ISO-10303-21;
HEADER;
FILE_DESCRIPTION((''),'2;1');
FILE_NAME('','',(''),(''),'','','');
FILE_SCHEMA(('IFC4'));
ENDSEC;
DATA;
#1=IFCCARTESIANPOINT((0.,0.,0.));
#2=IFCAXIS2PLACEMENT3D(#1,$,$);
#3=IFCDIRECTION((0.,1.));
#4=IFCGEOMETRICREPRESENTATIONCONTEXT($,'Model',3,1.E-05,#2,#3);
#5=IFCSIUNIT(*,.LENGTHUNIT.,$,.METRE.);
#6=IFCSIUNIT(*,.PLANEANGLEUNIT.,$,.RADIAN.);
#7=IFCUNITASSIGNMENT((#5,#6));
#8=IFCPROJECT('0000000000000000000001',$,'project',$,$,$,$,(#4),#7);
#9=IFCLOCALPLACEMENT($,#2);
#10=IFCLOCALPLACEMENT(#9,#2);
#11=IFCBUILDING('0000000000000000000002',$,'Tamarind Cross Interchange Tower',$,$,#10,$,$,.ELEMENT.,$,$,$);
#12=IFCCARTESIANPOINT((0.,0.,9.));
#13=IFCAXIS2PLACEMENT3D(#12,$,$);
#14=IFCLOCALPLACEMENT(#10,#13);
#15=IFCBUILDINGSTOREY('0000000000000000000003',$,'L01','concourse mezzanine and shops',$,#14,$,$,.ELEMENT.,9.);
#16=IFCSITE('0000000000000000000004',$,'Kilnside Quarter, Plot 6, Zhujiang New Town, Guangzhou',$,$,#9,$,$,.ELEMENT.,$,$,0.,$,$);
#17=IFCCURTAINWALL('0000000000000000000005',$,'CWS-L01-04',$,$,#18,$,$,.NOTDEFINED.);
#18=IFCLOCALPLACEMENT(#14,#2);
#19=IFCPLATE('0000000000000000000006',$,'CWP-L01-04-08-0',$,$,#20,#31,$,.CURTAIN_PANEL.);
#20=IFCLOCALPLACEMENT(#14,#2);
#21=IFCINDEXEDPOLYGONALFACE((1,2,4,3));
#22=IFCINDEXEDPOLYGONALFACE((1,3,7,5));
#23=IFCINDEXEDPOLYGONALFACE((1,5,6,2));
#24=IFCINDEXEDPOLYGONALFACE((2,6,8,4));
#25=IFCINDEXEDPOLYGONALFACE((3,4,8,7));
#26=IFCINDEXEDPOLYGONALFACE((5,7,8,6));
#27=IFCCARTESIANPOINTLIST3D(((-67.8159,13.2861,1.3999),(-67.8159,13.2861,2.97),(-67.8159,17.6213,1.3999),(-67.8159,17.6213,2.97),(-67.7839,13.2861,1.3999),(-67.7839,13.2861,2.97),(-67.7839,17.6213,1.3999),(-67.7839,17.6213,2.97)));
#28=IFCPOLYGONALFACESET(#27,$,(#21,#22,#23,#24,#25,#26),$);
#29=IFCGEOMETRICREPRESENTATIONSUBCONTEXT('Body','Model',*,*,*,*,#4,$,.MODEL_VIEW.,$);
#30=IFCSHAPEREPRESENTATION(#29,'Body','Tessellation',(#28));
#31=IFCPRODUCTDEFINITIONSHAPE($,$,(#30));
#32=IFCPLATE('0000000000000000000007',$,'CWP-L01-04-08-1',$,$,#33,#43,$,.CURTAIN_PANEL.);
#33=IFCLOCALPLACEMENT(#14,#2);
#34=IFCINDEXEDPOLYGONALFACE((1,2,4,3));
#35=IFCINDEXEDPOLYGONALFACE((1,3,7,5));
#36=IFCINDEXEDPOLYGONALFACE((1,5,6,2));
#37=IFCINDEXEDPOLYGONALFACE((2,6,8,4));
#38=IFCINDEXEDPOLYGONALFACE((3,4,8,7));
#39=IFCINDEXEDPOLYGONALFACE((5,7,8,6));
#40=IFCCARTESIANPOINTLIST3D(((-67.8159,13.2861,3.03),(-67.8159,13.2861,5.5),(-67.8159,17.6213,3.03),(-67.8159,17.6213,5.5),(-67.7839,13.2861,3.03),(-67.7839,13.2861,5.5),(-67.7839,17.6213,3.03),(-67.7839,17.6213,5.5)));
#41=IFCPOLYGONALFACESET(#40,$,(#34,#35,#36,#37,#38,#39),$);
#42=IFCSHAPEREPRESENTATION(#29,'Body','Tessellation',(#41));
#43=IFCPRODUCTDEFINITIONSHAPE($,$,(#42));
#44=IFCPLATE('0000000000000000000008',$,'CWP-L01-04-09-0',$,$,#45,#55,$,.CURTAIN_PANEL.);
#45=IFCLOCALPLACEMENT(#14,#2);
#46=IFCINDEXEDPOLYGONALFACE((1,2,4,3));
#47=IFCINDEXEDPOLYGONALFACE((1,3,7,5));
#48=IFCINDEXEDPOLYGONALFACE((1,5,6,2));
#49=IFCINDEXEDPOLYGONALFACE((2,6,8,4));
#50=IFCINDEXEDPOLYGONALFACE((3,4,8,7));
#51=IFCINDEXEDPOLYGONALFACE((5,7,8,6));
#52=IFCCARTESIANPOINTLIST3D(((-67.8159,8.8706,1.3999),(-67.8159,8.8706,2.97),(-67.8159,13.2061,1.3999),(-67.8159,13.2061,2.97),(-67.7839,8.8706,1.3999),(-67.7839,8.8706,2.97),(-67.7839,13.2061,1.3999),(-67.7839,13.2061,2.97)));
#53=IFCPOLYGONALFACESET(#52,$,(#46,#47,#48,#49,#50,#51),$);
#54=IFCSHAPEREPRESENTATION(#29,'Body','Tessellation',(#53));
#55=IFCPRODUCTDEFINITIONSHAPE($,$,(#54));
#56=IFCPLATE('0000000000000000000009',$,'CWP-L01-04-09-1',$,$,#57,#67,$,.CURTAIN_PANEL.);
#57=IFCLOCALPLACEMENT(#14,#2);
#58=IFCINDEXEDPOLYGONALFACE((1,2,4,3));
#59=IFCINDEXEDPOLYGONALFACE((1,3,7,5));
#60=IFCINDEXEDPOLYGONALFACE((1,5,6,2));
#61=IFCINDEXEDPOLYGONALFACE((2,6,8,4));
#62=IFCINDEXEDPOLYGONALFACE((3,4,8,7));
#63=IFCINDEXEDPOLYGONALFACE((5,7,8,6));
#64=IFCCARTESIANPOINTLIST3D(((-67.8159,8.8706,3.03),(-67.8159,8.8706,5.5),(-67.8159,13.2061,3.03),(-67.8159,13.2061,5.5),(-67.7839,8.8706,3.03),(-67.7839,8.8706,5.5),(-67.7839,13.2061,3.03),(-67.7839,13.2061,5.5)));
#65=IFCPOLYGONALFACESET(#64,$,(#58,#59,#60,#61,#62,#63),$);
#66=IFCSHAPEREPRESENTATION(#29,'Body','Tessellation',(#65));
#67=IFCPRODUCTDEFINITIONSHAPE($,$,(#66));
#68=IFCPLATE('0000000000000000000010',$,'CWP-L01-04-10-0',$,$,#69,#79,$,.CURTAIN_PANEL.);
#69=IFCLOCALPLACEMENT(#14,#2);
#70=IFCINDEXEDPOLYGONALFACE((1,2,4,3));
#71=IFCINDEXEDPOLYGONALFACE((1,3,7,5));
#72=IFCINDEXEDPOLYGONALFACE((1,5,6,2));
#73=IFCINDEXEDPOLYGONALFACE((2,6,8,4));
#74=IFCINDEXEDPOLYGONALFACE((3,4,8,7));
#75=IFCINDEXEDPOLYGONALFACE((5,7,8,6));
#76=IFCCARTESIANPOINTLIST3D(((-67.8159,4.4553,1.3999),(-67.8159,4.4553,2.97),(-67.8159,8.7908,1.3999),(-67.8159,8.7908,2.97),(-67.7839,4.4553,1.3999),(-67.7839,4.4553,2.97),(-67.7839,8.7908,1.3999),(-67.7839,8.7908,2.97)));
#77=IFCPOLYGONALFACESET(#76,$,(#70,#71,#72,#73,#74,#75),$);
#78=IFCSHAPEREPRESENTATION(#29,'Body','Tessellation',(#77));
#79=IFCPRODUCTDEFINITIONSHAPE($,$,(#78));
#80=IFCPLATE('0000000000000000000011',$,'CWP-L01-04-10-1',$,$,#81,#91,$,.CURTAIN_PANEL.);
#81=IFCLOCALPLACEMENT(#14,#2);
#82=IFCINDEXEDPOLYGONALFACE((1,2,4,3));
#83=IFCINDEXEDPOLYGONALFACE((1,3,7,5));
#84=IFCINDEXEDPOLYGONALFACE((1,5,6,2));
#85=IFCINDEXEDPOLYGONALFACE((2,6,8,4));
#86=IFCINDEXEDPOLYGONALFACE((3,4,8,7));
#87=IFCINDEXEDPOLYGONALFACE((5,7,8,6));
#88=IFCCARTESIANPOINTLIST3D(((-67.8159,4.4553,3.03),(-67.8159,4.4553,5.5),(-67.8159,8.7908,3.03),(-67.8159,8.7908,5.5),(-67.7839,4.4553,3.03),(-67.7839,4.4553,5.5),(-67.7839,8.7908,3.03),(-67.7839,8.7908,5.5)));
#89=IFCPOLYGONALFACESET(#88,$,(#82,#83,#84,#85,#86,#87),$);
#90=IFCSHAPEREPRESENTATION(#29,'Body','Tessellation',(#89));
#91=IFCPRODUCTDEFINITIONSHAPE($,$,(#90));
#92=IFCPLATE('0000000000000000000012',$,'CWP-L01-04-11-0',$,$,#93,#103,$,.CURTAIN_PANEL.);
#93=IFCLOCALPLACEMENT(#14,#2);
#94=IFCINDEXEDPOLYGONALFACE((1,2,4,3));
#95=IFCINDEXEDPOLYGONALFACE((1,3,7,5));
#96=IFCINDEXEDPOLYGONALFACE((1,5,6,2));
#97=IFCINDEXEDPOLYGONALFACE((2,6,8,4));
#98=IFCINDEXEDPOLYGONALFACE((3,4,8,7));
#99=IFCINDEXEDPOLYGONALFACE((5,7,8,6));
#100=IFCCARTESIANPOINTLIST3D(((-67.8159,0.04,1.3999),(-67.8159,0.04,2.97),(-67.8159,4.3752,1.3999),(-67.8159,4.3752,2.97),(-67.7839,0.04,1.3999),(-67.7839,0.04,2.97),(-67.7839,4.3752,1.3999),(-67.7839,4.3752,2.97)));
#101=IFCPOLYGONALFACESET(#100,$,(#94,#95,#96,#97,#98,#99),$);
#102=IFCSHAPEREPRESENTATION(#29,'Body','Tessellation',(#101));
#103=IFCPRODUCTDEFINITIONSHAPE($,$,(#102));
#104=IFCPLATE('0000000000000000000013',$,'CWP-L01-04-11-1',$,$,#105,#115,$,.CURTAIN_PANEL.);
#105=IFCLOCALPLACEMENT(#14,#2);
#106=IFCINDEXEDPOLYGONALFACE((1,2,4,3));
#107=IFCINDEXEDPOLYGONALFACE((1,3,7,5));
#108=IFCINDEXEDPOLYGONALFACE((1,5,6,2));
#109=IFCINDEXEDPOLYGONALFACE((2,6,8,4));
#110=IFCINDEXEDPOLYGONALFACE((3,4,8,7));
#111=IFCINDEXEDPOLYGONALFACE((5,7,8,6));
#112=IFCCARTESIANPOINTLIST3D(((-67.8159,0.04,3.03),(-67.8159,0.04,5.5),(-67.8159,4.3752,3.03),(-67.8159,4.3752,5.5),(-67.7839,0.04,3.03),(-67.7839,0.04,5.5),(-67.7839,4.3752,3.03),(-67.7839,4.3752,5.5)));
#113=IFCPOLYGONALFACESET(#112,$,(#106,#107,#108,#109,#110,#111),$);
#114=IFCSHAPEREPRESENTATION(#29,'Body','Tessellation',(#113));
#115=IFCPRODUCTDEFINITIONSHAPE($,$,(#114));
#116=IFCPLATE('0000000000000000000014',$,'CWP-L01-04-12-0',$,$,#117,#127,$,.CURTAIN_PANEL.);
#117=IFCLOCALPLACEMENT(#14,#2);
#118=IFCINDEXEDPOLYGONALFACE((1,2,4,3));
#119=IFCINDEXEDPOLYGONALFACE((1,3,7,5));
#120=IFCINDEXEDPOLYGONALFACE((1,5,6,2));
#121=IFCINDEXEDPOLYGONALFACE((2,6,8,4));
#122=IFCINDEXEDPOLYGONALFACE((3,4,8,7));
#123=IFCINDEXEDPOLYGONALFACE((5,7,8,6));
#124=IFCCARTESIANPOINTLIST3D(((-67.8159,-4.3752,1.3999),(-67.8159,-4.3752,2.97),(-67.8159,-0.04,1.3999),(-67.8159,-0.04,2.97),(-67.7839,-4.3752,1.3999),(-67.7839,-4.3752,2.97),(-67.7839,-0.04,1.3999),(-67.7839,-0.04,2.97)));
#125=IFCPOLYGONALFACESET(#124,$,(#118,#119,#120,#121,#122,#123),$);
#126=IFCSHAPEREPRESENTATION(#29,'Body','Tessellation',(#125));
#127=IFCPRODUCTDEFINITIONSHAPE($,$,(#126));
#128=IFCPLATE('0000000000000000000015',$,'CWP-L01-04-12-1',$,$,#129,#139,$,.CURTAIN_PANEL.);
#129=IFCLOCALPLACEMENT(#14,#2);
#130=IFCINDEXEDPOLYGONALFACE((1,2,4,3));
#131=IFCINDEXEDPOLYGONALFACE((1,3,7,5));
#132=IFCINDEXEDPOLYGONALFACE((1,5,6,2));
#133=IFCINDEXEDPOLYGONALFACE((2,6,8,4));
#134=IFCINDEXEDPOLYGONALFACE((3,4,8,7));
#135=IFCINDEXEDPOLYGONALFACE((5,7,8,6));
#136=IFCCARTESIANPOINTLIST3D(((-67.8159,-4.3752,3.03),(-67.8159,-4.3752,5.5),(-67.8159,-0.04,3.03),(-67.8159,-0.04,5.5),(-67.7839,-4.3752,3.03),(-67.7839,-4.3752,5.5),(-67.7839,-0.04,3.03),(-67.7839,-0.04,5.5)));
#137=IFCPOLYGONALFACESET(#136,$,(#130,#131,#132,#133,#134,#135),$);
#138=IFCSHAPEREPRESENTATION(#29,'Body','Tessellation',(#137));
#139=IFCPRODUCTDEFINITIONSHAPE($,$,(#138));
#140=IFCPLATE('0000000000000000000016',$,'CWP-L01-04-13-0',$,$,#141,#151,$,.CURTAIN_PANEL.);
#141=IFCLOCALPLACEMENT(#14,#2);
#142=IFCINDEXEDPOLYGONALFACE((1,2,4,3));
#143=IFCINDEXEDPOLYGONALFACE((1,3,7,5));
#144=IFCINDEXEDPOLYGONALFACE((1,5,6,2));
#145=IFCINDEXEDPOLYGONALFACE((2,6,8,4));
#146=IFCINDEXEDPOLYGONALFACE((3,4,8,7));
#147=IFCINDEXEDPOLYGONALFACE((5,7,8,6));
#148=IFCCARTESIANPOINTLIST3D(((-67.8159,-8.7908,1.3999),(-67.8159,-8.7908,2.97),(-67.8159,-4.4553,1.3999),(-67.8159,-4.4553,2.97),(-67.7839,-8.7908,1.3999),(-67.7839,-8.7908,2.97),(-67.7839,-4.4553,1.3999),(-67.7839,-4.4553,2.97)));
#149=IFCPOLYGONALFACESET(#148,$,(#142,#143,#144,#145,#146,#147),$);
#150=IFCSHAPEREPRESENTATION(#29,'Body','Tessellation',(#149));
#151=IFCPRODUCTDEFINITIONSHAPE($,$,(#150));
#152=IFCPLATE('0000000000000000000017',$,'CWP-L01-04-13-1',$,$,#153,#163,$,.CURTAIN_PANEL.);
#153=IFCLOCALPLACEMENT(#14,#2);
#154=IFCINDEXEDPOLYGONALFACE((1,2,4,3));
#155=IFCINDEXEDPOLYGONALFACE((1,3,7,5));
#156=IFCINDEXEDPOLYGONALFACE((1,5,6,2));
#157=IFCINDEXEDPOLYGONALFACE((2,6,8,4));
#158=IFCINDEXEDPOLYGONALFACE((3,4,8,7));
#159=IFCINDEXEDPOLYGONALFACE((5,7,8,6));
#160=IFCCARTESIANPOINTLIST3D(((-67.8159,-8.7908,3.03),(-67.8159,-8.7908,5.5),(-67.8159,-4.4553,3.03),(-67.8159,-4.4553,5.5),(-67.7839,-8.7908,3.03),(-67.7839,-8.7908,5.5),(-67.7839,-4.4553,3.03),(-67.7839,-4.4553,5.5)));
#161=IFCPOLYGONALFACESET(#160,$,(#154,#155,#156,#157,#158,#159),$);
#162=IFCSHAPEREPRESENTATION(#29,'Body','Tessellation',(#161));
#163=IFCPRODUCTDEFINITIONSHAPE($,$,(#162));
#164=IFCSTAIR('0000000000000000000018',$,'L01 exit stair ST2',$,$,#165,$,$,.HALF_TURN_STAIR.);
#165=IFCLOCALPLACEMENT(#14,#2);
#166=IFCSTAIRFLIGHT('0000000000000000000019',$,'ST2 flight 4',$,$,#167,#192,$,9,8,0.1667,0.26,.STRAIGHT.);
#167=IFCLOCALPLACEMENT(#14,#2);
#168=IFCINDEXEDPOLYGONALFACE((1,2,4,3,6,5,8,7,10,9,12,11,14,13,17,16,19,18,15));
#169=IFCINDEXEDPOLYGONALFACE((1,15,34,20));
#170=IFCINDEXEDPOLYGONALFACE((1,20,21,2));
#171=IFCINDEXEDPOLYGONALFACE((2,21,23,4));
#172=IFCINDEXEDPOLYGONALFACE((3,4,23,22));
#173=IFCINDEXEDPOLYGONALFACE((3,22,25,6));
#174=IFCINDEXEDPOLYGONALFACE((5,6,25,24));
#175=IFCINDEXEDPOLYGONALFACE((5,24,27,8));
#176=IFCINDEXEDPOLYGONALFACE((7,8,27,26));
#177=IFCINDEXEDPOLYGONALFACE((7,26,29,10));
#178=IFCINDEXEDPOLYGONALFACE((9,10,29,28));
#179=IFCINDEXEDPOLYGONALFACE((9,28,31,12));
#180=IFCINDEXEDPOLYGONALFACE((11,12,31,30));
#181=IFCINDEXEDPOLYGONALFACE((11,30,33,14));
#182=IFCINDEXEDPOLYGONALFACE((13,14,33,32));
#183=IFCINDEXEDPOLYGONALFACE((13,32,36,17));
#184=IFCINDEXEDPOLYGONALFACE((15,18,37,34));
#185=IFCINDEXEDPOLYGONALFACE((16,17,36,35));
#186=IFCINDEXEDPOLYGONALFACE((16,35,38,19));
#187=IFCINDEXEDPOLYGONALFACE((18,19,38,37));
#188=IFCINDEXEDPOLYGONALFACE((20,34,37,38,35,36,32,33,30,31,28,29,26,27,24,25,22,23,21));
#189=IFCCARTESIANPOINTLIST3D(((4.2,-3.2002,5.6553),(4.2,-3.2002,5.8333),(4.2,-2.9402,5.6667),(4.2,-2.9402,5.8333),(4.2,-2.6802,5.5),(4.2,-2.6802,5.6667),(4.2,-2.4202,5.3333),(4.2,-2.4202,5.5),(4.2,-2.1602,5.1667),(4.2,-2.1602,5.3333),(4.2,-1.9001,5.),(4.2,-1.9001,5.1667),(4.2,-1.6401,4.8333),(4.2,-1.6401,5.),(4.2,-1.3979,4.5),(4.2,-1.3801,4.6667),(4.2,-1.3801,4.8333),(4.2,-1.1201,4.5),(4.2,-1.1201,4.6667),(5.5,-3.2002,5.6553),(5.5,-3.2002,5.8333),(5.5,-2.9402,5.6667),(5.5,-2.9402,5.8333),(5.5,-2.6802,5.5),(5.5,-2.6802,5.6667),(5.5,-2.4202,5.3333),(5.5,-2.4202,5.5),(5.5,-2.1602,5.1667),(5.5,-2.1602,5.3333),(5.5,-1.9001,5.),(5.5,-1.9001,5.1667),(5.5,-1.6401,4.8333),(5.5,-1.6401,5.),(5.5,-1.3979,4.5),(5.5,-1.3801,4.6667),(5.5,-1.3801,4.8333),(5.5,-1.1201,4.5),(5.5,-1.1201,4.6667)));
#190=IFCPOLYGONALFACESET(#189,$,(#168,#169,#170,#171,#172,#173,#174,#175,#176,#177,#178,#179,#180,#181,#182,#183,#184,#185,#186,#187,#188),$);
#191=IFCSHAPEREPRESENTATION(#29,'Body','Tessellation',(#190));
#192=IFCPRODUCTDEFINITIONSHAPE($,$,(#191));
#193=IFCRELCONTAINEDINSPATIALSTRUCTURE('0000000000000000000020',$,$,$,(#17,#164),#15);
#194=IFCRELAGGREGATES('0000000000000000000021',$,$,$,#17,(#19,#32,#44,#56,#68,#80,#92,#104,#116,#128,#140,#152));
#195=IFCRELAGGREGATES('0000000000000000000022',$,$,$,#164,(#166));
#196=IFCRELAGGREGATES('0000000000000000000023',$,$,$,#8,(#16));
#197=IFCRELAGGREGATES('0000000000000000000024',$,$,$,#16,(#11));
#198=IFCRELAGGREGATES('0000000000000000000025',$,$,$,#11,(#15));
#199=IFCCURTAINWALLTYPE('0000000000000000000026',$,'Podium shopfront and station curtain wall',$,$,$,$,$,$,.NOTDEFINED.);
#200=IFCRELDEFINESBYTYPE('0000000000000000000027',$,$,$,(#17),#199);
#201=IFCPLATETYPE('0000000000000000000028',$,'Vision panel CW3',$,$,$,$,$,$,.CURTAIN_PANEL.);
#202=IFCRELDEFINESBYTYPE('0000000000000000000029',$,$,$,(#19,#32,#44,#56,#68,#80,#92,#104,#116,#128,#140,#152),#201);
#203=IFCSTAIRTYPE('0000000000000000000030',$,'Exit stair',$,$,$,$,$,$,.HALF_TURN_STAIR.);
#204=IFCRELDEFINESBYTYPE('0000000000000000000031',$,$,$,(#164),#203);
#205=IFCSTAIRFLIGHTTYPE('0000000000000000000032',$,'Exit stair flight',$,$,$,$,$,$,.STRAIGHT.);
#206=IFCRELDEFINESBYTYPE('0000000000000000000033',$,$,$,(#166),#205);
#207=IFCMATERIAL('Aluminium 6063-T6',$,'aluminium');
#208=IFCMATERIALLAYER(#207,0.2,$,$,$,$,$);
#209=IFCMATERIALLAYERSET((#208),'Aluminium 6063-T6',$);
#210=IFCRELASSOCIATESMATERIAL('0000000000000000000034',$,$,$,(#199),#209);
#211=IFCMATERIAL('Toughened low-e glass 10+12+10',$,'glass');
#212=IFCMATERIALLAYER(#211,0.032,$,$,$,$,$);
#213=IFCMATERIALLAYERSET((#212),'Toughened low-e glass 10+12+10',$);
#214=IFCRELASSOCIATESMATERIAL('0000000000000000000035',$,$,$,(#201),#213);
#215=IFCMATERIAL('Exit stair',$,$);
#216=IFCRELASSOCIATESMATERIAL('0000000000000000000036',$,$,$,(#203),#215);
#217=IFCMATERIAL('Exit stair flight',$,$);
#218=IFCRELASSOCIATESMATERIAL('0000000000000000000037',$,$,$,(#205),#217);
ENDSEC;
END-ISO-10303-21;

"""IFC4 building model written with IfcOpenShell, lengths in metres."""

from ifc_helpers import new_model, si_unit, direction, frame, origin, place, context, subcontext, project, spatial, polyline, outline, extrude, material, layer, layer_set, type_object, element, aggregate, save


model = new_model("IFC4")

# Units and contexts
model_context = context("Model", 3, precision=1e-05, world=origin(), true_north=direction((0.0, 1.0)))
body_context = subcontext(model_context, "Body", "Model", "MODEL_VIEW")
ifc_project = project(units=[si_unit("LENGTHUNIT", "METRE"), si_unit("PLANEANGLEUNIT", "RADIAN")], contexts=[model_context])

# Site, building, storey
site_placement = place(None, origin())
site = spatial("IfcSite", under=ifc_project, at=site_placement, Name="Kilnside Quarter, Plot 6, Zhujiang New Town, Guangzhou", CompositionType="ELEMENT", RefElevation=0.0)
building_placement = place(site_placement, origin())
building = spatial("IfcBuilding", under=site, at=building_placement, Name="Tamarind Cross Interchange Tower", CompositionType="ELEMENT")
storey_placement = place(building_placement, frame((0.0, 0.0, 9.0)))
storey = spatial("IfcBuildingStorey", under=building, at=storey_placement, Name="L01", Description="concourse mezzanine and shops", CompositionType="ELEMENT", Elevation=9.0)

# Curtain wall, plates
ifc_material_1 = material(Name="Aluminium 6063-T6", Category="aluminium")
ifc_layer_1 = layer(ifc_material_1, 0.2)
ifc_layer_set_1 = layer_set([ifc_layer_1], Name="Aluminium 6063-T6")
curtain_wall_type = type_object("IfcCurtainWallType", Name="Podium shopfront and station curtain wall", PredefinedType="NOTDEFINED", material=ifc_layer_set_1)
curtain_wall_placement = place(storey_placement, origin())
curtain_wall = element("IfcCurtainWall", 1, at=curtain_wall_placement, inside=storey, type_object=curtain_wall_type, Name="CWS-L01-04", PredefinedType="NOTDEFINED")
ifc_material_2 = material(Name="Toughened low-e glass 10+12+10", Category="glass")
ifc_layer_2 = layer(ifc_material_2, 0.032)
ifc_layer_set_2 = layer_set([ifc_layer_2], Name="Toughened low-e glass 10+12+10")
plate_type = type_object("IfcPlateType", Name="Vision panel CW3", PredefinedType="CURTAIN_PANEL", material=ifc_layer_set_2)
plate_1_placement = place(storey_placement, frame((0.0, 0.0, 1.3999)))
plate_1 = element("IfcPlate", 2, at=plate_1_placement, type_object=plate_type, Name="CWP-L01-04-08-0", PredefinedType="CURTAIN_PANEL", context=body_context, shape_type="SweptSolid", body=[
    extrude(outline(polyline([(-67.7839, 17.6213), (-67.7839, 13.2861), (-67.8159, 13.2861), (-67.8159, 17.6213), (-67.7839, 17.6213)])), origin(), (0.0, 0.0, 1.0), 1.5701),
])
plate_2_placement = place(storey_placement, frame((0.0, 0.0, 3.03)))
plate_2 = element("IfcPlate", 3, at=plate_2_placement, type_object=plate_type, Name="CWP-L01-04-08-1", PredefinedType="CURTAIN_PANEL", context=body_context, shape_type="SweptSolid", body=[
    extrude(outline(polyline([(-67.7839, 17.6213), (-67.7839, 13.2861), (-67.8159, 13.2861), (-67.8159, 17.6213), (-67.7839, 17.6213)])), origin(), (0.0, 0.0, 1.0), 2.47),
])
plate_3_placement = place(storey_placement, frame((0.0, 0.0, 1.3999)))
plate_3 = element("IfcPlate", 4, at=plate_3_placement, type_object=plate_type, Name="CWP-L01-04-09-0", PredefinedType="CURTAIN_PANEL", context=body_context, shape_type="SweptSolid", body=[
    extrude(outline(polyline([(-67.7839, 13.2061), (-67.7839, 8.8706), (-67.8159, 8.8706), (-67.8159, 13.2061), (-67.7839, 13.2061)])), origin(), (0.0, 0.0, 1.0), 1.5701),
])
plate_4_placement = place(storey_placement, frame((0.0, 0.0, 3.03)))
plate_4 = element("IfcPlate", 5, at=plate_4_placement, type_object=plate_type, Name="CWP-L01-04-09-1", PredefinedType="CURTAIN_PANEL", context=body_context, shape_type="SweptSolid", body=[
    extrude(outline(polyline([(-67.7839, 13.2061), (-67.7839, 8.8706), (-67.8159, 8.8706), (-67.8159, 13.2061), (-67.7839, 13.2061)])), origin(), (0.0, 0.0, 1.0), 2.47),
])
plate_5_placement = place(storey_placement, frame((0.0, 0.0, 1.3999)))
plate_5 = element("IfcPlate", 6, at=plate_5_placement, type_object=plate_type, Name="CWP-L01-04-10-0", PredefinedType="CURTAIN_PANEL", context=body_context, shape_type="SweptSolid", body=[
    extrude(outline(polyline([(-67.7839, 8.7908), (-67.7839, 4.4553), (-67.8159, 4.4553), (-67.8159, 8.7908), (-67.7839, 8.7908)])), origin(), (0.0, 0.0, 1.0), 1.5701),
])
plate_6_placement = place(storey_placement, frame((0.0, 0.0, 3.03)))
plate_6 = element("IfcPlate", 7, at=plate_6_placement, type_object=plate_type, Name="CWP-L01-04-10-1", PredefinedType="CURTAIN_PANEL", context=body_context, shape_type="SweptSolid", body=[
    extrude(outline(polyline([(-67.7839, 8.7908), (-67.7839, 4.4553), (-67.8159, 4.4553), (-67.8159, 8.7908), (-67.7839, 8.7908)])), origin(), (0.0, 0.0, 1.0), 2.47),
])
plate_7_placement = place(storey_placement, frame((0.0, 0.0, 1.3999)))
plate_7 = element("IfcPlate", 8, at=plate_7_placement, type_object=plate_type, Name="CWP-L01-04-11-0", PredefinedType="CURTAIN_PANEL", context=body_context, shape_type="SweptSolid", body=[
    extrude(outline(polyline([(-67.7839, 4.3752), (-67.7839, 0.04), (-67.8159, 0.04), (-67.8159, 4.3752), (-67.7839, 4.3752)])), origin(), (0.0, 0.0, 1.0), 1.5701),
])
plate_8_placement = place(storey_placement, frame((0.0, 0.0, 3.03)))
plate_8 = element("IfcPlate", 9, at=plate_8_placement, type_object=plate_type, Name="CWP-L01-04-11-1", PredefinedType="CURTAIN_PANEL", context=body_context, shape_type="SweptSolid", body=[
    extrude(outline(polyline([(-67.7839, 4.3752), (-67.7839, 0.04), (-67.8159, 0.04), (-67.8159, 4.3752), (-67.7839, 4.3752)])), origin(), (0.0, 0.0, 1.0), 2.47),
])
plate_9_placement = place(storey_placement, frame((0.0, 0.0, 1.3999)))
plate_9 = element("IfcPlate", 10, at=plate_9_placement, type_object=plate_type, Name="CWP-L01-04-12-0", PredefinedType="CURTAIN_PANEL", context=body_context, shape_type="SweptSolid", body=[
    extrude(outline(polyline([(-67.7839, -0.04), (-67.7839, -4.3752), (-67.8159, -4.3752), (-67.8159, -0.04), (-67.7839, -0.04)])), origin(), (0.0, 0.0, 1.0), 1.5701),
])
plate_10_placement = place(storey_placement, frame((0.0, 0.0, 3.03)))
plate_10 = element("IfcPlate", 11, at=plate_10_placement, type_object=plate_type, Name="CWP-L01-04-12-1", PredefinedType="CURTAIN_PANEL", context=body_context, shape_type="SweptSolid", body=[
    extrude(outline(polyline([(-67.7839, -0.04), (-67.7839, -4.3752), (-67.8159, -4.3752), (-67.8159, -0.04), (-67.7839, -0.04)])), origin(), (0.0, 0.0, 1.0), 2.47),
])
plate_11_placement = place(storey_placement, frame((0.0, 0.0, 1.3999)))
plate_11 = element("IfcPlate", 12, at=plate_11_placement, type_object=plate_type, Name="CWP-L01-04-13-0", PredefinedType="CURTAIN_PANEL", context=body_context, shape_type="SweptSolid", body=[
    extrude(outline(polyline([(-67.7839, -4.4553), (-67.7839, -8.7908), (-67.8159, -8.7908), (-67.8159, -4.4553), (-67.7839, -4.4553)])), origin(), (0.0, 0.0, 1.0), 1.5701),
])
plate_12_placement = place(storey_placement, frame((0.0, 0.0, 3.03)))
plate_12 = element("IfcPlate", 13, at=plate_12_placement, type_object=plate_type, Name="CWP-L01-04-13-1", PredefinedType="CURTAIN_PANEL", context=body_context, shape_type="SweptSolid", body=[
    extrude(outline(polyline([(-67.7839, -4.4553), (-67.7839, -8.7908), (-67.8159, -8.7908), (-67.8159, -4.4553), (-67.7839, -4.4553)])), origin(), (0.0, 0.0, 1.0), 2.47),
])
aggregate(curtain_wall, [plate_1, plate_2, plate_3, plate_4, plate_5, plate_6, plate_7, plate_8, plate_9, plate_10, plate_11, plate_12])

# Stair, stair flight
ifc_material_3 = material(Name="Exit stair")
stair_type = type_object("IfcStairType", Name="Exit stair", PredefinedType="HALF_TURN_STAIR", material=ifc_material_3)
stair_placement = place(storey_placement, origin())
stair = element("IfcStair", 14, at=stair_placement, inside=storey, type_object=stair_type, Name="L01 exit stair ST2", PredefinedType="HALF_TURN_STAIR")
ifc_material_4 = material(Name="Exit stair flight")
stair_flight_type = type_object("IfcStairFlightType", Name="Exit stair flight", PredefinedType="STRAIGHT", material=ifc_material_4)
stair_flight_placement = place(storey_placement, frame((4.8501, -1.1201, 4.5), z_axis=(0.0, 0.0, 1.0), x_axis=(0.0, -1.0, 0.0)))
stair_flight = element("IfcStairFlight", 15, at=stair_flight_placement, type_object=stair_flight_type, Name="ST2 flight 4", NumberOfRisers=9, NumberOfTreads=8, PredefinedType="STRAIGHT", RiserHeight=0.1667, TreadLength=0.26, context=body_context, shape_type="SweptSolid", body=[
    extrude(outline(polyline([(0.0, 0.0), (0.0, 0.1667), (0.26, 0.1667), (0.26, 0.3333), (0.52, 0.3333), (0.52, 0.5), (0.78, 0.5), (0.78, 0.6667), (1.04, 0.6667), (1.04, 0.8333), (1.3, 0.8333), (1.3, 1.0), (1.5601, 1.0), (1.5601, 1.1667), (1.8201, 1.1667), (1.8201, 1.3333), (2.0801, 1.3333), (2.0801, 1.5), (2.0801, 1.1553), (0.2778, 0.0), (0.0, 0.0)])), frame((0.0, 0.6499, 0.0), z_axis=(0.0, -1.0, 0.0), x_axis=(1.0, 0.0, 0.0)), (0.0, 0.0, 1.0), 1.3),
])
aggregate(stair, [stair_flight])

save(model, "model.ifc")
